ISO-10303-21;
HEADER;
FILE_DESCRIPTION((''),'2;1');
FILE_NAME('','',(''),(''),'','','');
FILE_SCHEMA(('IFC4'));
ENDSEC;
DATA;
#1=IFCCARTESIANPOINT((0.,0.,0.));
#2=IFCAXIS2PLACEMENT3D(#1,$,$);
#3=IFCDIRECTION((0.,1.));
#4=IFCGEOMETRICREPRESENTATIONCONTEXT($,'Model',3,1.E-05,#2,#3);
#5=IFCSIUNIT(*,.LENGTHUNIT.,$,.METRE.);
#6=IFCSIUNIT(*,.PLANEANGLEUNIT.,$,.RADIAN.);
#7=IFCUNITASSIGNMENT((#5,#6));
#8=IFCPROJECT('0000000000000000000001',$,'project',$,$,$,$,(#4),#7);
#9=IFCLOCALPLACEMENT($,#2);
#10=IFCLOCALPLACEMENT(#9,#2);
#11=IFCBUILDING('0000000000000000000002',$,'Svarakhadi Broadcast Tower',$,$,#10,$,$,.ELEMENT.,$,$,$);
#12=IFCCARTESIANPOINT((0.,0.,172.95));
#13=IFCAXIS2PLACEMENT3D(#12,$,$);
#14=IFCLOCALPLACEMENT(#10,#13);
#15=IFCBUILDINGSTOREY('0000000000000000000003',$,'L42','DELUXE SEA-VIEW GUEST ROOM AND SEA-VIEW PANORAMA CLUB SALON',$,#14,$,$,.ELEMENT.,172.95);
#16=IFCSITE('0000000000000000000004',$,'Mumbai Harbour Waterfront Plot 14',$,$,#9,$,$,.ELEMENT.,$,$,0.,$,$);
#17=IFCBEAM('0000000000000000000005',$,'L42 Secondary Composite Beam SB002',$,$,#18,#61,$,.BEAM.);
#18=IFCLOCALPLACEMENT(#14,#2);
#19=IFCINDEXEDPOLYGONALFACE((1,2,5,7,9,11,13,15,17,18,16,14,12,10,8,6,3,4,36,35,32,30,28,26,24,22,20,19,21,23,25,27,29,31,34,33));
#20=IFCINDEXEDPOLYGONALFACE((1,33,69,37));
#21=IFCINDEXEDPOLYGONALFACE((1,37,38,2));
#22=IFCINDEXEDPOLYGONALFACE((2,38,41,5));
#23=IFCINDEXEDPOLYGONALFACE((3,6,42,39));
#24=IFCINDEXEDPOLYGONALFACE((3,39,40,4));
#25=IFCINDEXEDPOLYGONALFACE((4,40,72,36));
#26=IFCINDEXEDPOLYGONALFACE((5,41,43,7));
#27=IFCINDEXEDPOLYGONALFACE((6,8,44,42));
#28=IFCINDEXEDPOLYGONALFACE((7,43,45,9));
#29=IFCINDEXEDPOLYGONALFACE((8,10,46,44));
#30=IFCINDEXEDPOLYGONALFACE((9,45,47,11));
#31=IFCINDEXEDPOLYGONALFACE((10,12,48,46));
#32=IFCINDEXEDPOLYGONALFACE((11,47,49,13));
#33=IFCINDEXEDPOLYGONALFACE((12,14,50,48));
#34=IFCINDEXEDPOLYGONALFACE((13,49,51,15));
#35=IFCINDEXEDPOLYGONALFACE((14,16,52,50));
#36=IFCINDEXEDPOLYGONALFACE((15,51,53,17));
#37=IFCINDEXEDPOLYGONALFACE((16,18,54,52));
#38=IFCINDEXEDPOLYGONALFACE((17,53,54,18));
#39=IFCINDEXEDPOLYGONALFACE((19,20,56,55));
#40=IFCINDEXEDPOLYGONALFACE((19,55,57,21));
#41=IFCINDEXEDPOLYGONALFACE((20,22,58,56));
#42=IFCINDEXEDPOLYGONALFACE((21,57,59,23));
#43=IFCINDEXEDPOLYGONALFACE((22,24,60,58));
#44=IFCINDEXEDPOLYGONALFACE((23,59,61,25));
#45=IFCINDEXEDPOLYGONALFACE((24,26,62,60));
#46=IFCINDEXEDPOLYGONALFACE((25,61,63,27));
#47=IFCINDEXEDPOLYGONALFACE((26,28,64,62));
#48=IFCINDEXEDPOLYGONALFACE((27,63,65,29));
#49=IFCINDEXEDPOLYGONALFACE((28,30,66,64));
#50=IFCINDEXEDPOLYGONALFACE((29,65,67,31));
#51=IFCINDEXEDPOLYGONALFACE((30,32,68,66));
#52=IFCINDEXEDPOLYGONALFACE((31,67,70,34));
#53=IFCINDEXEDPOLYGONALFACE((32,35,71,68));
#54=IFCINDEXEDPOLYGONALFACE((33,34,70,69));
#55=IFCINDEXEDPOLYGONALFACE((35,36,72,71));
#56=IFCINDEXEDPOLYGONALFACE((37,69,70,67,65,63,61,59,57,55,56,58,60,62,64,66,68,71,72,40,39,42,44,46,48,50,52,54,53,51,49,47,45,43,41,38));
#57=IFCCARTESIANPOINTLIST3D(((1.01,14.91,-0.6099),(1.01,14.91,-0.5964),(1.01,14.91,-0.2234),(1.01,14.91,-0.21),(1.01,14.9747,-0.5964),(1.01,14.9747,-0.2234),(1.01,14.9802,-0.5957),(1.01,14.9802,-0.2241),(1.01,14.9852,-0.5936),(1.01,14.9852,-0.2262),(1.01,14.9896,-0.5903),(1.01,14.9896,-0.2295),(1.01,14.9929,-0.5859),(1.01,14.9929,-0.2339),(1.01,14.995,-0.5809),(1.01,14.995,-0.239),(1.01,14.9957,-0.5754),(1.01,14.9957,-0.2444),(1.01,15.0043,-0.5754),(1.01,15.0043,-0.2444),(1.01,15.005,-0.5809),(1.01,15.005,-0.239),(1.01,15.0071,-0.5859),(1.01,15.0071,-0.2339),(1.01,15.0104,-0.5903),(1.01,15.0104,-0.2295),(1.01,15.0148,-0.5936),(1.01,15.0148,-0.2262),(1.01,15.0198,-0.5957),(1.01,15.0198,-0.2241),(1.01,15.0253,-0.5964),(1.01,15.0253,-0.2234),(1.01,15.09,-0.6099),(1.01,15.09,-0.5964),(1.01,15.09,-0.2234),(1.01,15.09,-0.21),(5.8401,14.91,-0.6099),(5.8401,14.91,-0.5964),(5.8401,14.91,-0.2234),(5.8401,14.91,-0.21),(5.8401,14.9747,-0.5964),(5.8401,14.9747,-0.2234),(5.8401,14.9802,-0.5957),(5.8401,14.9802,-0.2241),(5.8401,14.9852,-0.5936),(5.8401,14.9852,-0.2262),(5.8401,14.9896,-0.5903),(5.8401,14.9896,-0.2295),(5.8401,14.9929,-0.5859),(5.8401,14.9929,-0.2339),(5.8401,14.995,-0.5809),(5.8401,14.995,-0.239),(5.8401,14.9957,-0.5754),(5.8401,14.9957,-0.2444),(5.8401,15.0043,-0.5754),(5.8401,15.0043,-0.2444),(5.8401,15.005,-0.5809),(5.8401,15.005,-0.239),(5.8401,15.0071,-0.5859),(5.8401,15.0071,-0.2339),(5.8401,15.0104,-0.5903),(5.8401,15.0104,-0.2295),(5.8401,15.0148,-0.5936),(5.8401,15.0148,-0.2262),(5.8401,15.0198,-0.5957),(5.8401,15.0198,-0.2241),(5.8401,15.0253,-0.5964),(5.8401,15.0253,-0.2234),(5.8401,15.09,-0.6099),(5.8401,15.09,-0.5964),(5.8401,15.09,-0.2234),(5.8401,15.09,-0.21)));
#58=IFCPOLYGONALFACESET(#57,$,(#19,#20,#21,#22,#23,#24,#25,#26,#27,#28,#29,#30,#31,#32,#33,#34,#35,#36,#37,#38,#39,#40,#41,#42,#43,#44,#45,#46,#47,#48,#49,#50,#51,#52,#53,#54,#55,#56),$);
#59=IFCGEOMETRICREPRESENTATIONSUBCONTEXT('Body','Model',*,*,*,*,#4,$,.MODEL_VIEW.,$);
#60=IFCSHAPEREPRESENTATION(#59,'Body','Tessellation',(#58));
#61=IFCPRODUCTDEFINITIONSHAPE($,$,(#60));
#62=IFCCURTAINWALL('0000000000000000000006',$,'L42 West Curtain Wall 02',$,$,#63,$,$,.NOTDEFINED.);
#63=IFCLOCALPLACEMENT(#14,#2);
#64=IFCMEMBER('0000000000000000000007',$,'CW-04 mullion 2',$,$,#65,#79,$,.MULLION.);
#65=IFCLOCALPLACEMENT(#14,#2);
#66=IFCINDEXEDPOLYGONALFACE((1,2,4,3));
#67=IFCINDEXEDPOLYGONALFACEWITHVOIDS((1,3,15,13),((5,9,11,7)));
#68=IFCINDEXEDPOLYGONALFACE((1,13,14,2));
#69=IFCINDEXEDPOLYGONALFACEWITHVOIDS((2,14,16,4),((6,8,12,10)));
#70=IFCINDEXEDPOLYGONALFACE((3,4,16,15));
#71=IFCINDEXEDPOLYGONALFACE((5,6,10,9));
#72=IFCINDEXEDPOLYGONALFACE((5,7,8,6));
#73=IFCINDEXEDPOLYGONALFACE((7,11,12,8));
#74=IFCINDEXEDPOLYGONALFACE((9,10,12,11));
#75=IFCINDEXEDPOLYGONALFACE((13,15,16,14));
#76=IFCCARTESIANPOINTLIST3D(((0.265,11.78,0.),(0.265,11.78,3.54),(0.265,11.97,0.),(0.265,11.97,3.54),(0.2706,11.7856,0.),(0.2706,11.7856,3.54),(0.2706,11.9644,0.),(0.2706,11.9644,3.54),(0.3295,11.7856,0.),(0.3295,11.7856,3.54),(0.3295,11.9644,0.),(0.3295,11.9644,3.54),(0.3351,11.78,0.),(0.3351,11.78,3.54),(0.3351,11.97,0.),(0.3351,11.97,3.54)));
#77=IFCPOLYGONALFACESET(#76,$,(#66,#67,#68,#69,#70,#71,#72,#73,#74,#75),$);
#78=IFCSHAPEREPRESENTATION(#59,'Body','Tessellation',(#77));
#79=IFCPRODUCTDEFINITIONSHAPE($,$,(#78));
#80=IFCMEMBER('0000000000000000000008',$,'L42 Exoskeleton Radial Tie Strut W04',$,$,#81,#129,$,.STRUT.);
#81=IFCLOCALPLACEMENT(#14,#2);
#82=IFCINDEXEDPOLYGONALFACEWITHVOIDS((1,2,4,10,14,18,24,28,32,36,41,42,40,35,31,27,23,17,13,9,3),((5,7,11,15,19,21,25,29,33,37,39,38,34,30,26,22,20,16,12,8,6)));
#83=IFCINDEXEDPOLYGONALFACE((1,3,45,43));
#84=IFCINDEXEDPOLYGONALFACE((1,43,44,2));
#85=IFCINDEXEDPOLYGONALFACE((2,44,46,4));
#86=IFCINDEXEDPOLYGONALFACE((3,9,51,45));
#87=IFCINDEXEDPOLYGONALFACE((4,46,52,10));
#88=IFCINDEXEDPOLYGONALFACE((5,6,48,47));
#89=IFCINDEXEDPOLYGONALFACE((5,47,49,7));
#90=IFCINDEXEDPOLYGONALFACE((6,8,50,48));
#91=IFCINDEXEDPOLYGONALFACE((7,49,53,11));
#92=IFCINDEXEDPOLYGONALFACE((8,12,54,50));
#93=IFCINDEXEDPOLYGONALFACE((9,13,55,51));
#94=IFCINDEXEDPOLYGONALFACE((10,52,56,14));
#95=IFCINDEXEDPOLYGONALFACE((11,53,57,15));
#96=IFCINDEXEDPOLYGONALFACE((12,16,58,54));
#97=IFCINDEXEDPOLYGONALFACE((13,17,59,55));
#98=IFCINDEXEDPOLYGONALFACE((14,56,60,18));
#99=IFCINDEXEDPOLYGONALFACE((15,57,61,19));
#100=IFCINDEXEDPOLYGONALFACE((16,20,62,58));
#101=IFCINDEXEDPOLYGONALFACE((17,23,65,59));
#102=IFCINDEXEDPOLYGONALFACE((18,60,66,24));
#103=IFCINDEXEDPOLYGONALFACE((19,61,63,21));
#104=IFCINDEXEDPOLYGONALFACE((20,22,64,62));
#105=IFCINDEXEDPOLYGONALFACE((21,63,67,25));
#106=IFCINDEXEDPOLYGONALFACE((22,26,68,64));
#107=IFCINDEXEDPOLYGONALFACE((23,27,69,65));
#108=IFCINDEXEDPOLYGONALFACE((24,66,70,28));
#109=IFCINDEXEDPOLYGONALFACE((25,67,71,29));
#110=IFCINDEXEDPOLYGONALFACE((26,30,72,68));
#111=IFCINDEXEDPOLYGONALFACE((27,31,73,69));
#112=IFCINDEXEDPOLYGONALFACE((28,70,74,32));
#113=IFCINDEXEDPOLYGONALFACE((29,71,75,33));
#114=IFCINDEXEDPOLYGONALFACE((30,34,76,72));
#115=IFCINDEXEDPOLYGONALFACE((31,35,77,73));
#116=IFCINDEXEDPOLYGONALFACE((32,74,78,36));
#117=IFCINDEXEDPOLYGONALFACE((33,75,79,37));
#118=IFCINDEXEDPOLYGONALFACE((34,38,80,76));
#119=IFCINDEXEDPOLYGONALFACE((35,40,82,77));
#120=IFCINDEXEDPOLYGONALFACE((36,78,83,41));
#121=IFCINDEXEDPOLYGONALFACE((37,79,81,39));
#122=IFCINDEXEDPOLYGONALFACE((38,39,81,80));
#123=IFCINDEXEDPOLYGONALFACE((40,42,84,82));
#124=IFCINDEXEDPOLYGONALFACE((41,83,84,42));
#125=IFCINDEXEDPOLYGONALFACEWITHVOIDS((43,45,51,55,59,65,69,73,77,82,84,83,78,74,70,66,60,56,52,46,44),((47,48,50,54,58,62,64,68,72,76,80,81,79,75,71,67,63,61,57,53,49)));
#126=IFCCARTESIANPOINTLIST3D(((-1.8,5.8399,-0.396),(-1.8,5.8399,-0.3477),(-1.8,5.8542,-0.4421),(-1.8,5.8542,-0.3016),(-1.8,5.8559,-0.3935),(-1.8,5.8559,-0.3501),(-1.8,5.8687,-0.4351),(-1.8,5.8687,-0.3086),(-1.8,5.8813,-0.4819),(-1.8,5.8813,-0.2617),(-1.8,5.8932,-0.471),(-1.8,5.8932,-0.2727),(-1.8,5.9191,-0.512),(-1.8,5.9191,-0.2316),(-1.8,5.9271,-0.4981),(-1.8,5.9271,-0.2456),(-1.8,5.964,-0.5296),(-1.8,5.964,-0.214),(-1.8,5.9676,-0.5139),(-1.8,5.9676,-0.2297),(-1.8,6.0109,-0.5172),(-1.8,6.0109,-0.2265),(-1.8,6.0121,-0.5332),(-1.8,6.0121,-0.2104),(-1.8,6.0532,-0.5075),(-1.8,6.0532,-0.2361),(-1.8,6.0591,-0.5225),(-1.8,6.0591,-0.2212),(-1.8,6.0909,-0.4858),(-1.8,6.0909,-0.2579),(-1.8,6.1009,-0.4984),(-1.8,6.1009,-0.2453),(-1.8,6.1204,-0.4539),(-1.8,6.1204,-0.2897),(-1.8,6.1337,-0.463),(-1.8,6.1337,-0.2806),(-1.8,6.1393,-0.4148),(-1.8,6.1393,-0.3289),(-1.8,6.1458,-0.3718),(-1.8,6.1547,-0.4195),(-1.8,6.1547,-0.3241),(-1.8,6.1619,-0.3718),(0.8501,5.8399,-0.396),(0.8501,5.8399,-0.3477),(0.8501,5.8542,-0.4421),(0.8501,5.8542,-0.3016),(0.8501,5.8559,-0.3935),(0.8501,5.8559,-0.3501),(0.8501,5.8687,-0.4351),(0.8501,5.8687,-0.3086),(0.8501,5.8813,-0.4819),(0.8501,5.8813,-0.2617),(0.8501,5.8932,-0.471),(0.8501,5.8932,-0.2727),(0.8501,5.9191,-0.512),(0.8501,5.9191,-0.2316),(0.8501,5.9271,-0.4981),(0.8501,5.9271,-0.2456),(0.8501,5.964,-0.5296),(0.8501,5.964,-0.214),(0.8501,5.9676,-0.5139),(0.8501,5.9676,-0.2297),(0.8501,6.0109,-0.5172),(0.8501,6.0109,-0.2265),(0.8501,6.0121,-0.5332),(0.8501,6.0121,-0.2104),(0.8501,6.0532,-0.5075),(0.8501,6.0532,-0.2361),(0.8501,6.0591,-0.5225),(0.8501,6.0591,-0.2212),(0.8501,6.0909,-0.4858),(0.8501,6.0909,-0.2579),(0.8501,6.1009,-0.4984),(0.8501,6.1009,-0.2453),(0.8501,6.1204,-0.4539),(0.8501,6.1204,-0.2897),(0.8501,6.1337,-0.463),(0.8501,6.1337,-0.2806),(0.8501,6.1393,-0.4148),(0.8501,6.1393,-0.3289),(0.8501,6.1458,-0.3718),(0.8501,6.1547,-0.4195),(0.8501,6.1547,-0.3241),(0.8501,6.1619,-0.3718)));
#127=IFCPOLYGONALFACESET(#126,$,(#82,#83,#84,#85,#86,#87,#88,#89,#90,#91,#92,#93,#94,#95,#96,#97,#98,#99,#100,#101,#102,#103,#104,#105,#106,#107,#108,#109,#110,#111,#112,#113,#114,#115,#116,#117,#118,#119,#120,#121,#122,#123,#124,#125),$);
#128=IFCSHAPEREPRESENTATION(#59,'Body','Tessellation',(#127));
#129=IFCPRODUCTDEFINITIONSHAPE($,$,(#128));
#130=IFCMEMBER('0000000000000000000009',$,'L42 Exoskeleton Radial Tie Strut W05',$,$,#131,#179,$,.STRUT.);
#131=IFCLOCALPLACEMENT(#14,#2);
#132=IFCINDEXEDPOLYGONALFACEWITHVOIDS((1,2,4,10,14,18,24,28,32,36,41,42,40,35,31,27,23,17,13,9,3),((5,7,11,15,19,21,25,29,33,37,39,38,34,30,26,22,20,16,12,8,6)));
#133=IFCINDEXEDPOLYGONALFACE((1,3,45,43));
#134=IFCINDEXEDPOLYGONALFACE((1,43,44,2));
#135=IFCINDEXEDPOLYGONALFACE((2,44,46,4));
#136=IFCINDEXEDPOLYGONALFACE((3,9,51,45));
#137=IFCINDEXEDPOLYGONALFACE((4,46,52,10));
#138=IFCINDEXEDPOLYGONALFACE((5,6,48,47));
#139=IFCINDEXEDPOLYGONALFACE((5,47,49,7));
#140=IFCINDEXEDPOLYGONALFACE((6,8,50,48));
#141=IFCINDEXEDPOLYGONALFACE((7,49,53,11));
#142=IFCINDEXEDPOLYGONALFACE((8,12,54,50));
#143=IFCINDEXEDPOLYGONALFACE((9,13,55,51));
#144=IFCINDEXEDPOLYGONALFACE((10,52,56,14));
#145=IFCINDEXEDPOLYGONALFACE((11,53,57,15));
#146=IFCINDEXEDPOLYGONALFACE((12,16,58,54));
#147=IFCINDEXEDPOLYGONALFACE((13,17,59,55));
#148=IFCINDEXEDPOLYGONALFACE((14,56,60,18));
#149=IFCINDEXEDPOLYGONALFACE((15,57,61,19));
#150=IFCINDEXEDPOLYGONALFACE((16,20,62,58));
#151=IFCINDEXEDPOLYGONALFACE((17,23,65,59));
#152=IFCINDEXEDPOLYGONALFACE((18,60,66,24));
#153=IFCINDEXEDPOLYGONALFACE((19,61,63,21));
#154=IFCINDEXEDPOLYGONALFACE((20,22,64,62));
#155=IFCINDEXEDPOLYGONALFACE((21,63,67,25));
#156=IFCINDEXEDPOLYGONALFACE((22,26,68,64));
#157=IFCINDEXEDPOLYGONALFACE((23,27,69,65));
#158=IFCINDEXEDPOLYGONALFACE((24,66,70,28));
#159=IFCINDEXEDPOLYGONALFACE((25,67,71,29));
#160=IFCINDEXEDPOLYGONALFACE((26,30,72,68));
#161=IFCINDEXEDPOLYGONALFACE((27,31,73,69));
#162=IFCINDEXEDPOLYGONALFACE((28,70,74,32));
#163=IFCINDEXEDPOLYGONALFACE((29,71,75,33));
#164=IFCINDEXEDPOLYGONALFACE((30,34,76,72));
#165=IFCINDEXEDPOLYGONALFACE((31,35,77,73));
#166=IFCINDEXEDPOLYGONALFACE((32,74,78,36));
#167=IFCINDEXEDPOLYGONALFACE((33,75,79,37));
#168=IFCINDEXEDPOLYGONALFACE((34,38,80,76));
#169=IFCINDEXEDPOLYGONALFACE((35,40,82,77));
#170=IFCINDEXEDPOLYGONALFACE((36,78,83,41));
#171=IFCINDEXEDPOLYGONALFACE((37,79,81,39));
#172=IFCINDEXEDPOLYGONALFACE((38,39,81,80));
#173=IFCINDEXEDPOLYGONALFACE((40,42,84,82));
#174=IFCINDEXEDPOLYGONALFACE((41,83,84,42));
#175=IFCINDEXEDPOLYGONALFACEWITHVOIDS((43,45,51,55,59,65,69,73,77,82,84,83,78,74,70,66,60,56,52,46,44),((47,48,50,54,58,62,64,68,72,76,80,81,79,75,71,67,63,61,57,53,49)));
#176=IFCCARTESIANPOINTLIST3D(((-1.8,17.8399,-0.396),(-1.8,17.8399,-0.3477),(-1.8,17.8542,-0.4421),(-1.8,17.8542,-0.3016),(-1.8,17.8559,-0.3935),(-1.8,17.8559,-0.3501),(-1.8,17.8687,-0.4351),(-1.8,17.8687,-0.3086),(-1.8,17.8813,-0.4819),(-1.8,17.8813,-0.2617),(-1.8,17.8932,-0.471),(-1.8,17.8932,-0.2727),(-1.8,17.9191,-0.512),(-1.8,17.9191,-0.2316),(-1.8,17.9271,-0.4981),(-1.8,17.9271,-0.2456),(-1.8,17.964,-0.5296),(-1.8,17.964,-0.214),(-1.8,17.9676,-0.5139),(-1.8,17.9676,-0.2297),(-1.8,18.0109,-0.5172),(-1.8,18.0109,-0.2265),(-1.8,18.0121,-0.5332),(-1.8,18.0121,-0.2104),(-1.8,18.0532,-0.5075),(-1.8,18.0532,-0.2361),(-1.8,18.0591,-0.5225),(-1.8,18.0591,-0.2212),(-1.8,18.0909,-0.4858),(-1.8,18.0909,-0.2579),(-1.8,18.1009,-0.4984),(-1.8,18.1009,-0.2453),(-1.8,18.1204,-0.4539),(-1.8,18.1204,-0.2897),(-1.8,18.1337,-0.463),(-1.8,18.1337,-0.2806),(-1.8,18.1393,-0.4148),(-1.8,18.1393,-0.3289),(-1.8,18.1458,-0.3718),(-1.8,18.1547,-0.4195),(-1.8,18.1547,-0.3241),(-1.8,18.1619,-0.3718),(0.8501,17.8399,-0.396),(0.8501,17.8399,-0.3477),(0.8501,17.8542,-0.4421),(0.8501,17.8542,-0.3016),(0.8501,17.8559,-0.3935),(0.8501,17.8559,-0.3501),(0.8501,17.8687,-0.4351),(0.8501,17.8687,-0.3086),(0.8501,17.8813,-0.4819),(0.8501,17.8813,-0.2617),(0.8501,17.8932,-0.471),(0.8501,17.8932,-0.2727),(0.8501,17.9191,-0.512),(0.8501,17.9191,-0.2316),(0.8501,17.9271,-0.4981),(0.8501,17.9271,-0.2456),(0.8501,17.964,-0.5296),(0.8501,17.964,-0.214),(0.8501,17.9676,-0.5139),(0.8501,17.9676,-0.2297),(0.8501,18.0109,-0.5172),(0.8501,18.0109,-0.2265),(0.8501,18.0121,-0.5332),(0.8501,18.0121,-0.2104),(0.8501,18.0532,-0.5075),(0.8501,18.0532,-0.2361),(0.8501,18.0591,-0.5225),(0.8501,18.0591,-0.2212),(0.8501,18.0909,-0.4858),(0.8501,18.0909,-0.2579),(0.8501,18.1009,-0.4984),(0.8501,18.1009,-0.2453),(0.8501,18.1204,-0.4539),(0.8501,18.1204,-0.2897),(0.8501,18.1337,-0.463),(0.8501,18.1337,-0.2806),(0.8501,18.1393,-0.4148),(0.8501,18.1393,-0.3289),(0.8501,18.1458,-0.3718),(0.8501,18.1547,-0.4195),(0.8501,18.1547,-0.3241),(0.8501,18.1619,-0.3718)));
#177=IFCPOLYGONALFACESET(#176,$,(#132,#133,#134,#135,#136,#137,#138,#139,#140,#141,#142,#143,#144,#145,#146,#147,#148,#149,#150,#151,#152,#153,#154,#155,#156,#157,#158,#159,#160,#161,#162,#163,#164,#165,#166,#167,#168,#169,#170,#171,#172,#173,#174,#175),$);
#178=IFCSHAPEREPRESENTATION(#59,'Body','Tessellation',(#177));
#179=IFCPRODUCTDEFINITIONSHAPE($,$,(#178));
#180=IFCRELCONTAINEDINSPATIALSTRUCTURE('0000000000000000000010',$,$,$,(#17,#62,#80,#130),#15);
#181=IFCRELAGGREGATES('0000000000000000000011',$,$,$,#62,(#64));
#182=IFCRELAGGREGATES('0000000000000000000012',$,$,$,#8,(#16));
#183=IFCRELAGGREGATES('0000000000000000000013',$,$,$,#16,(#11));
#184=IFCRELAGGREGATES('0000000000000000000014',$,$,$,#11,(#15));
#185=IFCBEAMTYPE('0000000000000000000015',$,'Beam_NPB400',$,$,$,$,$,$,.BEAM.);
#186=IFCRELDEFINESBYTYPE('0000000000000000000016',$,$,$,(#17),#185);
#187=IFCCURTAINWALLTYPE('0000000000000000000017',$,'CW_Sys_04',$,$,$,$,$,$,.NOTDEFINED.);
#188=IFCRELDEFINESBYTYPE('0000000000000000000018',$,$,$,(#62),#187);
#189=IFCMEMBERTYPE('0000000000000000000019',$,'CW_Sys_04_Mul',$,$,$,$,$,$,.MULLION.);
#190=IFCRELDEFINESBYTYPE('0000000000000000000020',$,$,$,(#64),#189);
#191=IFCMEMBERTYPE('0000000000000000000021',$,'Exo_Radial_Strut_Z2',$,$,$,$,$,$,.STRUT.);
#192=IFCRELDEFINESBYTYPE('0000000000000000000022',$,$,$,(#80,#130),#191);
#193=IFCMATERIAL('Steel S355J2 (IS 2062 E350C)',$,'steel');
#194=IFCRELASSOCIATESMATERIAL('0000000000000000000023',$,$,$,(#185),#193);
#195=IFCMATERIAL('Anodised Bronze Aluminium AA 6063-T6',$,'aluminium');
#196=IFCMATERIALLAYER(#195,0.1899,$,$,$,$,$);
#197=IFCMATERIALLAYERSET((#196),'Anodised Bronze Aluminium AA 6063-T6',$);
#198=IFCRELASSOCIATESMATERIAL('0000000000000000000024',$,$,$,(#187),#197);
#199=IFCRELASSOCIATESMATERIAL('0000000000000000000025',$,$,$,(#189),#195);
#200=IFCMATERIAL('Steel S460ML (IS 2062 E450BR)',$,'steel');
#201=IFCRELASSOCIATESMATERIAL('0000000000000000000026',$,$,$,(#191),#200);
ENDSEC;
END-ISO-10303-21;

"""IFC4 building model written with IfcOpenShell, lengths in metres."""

from ifc_helpers import new_model, si_unit, direction, frame, origin, origin_2d, place, context, subcontext, project, spatial, hollow_rectangle, hollow_circle, i_section, extrude, material, layer, layer_set, material_profile, profile_set, type_object, element, aggregate, save


model = new_model("IFC4")

# Units and contexts
model_context = context("Model", 3, precision=1e-05, world=origin(), true_north=direction((0.0, 1.0)))
body_context = subcontext(model_context, "Body", "Model", "MODEL_VIEW")
ifc_project = project(units=[si_unit("LENGTHUNIT", "METRE"), si_unit("PLANEANGLEUNIT", "RADIAN")], contexts=[model_context])

# Site, building, storey
site_placement = place(None, origin())
site = spatial("IfcSite", under=ifc_project, at=site_placement, Name="Mumbai Harbour Waterfront Plot 14", CompositionType="ELEMENT", RefElevation=0.0)
building_placement = place(site_placement, origin())
building = spatial("IfcBuilding", under=site, at=building_placement, Name="Svarakhadi Broadcast Tower", CompositionType="ELEMENT")
storey_placement = place(building_placement, frame((0.0, 0.0, 172.95)))
storey = spatial("IfcBuildingStorey", under=building, at=storey_placement, Name="L42", Description="DELUXE SEA-VIEW GUEST ROOM AND SEA-VIEW PANORAMA CLUB SALON", CompositionType="ELEMENT", Elevation=172.95)

# Shared definitions
ifc_material_1 = material(Name="Steel S460ML (IS 2062 E450BR)", Category="steel")

# Beam
ifc_material_2 = material(Name="Steel S355J2 (IS 2062 E350C)", Category="steel")
ifc_material_profile_1 = material_profile(ifc_material_2, i_section(OverallWidth=0.1799, OverallDepth=0.3999, WebThickness=0.0085, FlangeThickness=0.0134, FilletRadius=0.021, at=origin_2d()), Name="NPB 400x180x66")
ifc_profile_set_1 = profile_set([ifc_material_profile_1], Name="Steel S355J2 (IS 2062 E350C)")
beam_type_1 = type_object("IfcBeamType", Name="Beam_NPB400", PredefinedType="BEAM", material=ifc_profile_set_1)
for number, where, z_axis, x_axis, name in (
    (1, (1.01, 15.0, -0.4099), (1.0, 0.0, 0.0), (0.0, 1.0, 0.0), "L42 Secondary Composite Beam SB002"),
):
    element("IfcBeam", number, at=place(storey_placement, frame(where, z_axis=z_axis, x_axis=x_axis)), inside=storey, type_object=beam_type_1, Name=name, PredefinedType="BEAM", context=body_context, shape_type="SweptSolid", body=[
        extrude(i_section(OverallWidth=0.1799, OverallDepth=0.3999, WebThickness=0.0085, FlangeThickness=0.0134, FilletRadius=0.021, at=origin_2d()), origin(), (0.0, 0.0, 1.0), 4.8301),
    ])

# Curtain wall, member
ifc_material_3 = material(Name="Anodised Bronze Aluminium AA 6063-T6", Category="aluminium")
ifc_layer_1 = layer(ifc_material_3, 0.1899)
ifc_layer_set_1 = layer_set([ifc_layer_1], Name="Anodised Bronze Aluminium AA 6063-T6")
curtain_wall_type = type_object("IfcCurtainWallType", Name="CW_Sys_04", PredefinedType="NOTDEFINED", material=ifc_layer_set_1)
curtain_wall_placement = place(storey_placement, origin())
curtain_wall = element("IfcCurtainWall", 2, at=curtain_wall_placement, inside=storey, type_object=curtain_wall_type, Name="L42 West Curtain Wall 02", PredefinedType="NOTDEFINED")
ifc_material_profile_2 = material_profile(ifc_material_3, hollow_rectangle(XDim=0.0701, YDim=0.1899, WallThickness=0.0056, at=origin_2d()), Name="ALU MULLION 190x70x6")
ifc_profile_set_2 = profile_set([ifc_material_profile_2], Name="Anodised Bronze Aluminium AA 6063-T6")
member_type_1 = type_object("IfcMemberType", Name="CW_Sys_04_Mul", PredefinedType="MULLION", material=ifc_profile_set_2)
member_placement = place(storey_placement, frame((0.3, 11.875, 0.0), z_axis=(0.0, 0.0, 1.0), x_axis=(-1.0, 0.0, 0.0)))
member = element("IfcMember", 3, at=member_placement, type_object=member_type_1, Name="CW-04 mullion 2", PredefinedType="MULLION", context=body_context, shape_type="SweptSolid", body=[
    extrude(hollow_rectangle(XDim=0.0701, YDim=0.1899, WallThickness=0.0056, at=origin_2d()), origin(), (0.0, 0.0, 1.0), 3.54),
])

# Members
ifc_material_profile_3 = material_profile(ifc_material_1, hollow_circle(Radius=0.1619, WallThickness=0.0161, at=origin_2d()), Name="CHS 323.9x16")
ifc_profile_set_3 = profile_set([ifc_material_profile_3], Name="Steel S460ML (IS 2062 E450BR)")
member_type_2 = type_object("IfcMemberType", Name="Exo_Radial_Strut_Z2", PredefinedType="STRUT", material=ifc_profile_set_3)
for number, where, z_axis, x_axis, name in (
    (4, (-1.8, 6.0, -0.3718), (1.0, 0.0, 0.0), (0.0, 1.0, 0.0), "L42 Exoskeleton Radial Tie Strut W04"),
    (5, (-1.8, 18.0, -0.3718), (1.0, 0.0, 0.0), (0.0, 1.0, 0.0), "L42 Exoskeleton Radial Tie Strut W05"),
):
    element("IfcMember", number, at=place(storey_placement, frame(where, z_axis=z_axis, x_axis=x_axis)), inside=storey, type_object=member_type_2, Name=name, PredefinedType="STRUT", context=body_context, shape_type="SweptSolid", body=[
        extrude(hollow_circle(Radius=0.1619, WallThickness=0.0161, at=origin_2d()), origin(), (0.0, 0.0, 1.0), 2.6501),
    ])

aggregate(curtain_wall, [member])

save(model, "model.ifc")
